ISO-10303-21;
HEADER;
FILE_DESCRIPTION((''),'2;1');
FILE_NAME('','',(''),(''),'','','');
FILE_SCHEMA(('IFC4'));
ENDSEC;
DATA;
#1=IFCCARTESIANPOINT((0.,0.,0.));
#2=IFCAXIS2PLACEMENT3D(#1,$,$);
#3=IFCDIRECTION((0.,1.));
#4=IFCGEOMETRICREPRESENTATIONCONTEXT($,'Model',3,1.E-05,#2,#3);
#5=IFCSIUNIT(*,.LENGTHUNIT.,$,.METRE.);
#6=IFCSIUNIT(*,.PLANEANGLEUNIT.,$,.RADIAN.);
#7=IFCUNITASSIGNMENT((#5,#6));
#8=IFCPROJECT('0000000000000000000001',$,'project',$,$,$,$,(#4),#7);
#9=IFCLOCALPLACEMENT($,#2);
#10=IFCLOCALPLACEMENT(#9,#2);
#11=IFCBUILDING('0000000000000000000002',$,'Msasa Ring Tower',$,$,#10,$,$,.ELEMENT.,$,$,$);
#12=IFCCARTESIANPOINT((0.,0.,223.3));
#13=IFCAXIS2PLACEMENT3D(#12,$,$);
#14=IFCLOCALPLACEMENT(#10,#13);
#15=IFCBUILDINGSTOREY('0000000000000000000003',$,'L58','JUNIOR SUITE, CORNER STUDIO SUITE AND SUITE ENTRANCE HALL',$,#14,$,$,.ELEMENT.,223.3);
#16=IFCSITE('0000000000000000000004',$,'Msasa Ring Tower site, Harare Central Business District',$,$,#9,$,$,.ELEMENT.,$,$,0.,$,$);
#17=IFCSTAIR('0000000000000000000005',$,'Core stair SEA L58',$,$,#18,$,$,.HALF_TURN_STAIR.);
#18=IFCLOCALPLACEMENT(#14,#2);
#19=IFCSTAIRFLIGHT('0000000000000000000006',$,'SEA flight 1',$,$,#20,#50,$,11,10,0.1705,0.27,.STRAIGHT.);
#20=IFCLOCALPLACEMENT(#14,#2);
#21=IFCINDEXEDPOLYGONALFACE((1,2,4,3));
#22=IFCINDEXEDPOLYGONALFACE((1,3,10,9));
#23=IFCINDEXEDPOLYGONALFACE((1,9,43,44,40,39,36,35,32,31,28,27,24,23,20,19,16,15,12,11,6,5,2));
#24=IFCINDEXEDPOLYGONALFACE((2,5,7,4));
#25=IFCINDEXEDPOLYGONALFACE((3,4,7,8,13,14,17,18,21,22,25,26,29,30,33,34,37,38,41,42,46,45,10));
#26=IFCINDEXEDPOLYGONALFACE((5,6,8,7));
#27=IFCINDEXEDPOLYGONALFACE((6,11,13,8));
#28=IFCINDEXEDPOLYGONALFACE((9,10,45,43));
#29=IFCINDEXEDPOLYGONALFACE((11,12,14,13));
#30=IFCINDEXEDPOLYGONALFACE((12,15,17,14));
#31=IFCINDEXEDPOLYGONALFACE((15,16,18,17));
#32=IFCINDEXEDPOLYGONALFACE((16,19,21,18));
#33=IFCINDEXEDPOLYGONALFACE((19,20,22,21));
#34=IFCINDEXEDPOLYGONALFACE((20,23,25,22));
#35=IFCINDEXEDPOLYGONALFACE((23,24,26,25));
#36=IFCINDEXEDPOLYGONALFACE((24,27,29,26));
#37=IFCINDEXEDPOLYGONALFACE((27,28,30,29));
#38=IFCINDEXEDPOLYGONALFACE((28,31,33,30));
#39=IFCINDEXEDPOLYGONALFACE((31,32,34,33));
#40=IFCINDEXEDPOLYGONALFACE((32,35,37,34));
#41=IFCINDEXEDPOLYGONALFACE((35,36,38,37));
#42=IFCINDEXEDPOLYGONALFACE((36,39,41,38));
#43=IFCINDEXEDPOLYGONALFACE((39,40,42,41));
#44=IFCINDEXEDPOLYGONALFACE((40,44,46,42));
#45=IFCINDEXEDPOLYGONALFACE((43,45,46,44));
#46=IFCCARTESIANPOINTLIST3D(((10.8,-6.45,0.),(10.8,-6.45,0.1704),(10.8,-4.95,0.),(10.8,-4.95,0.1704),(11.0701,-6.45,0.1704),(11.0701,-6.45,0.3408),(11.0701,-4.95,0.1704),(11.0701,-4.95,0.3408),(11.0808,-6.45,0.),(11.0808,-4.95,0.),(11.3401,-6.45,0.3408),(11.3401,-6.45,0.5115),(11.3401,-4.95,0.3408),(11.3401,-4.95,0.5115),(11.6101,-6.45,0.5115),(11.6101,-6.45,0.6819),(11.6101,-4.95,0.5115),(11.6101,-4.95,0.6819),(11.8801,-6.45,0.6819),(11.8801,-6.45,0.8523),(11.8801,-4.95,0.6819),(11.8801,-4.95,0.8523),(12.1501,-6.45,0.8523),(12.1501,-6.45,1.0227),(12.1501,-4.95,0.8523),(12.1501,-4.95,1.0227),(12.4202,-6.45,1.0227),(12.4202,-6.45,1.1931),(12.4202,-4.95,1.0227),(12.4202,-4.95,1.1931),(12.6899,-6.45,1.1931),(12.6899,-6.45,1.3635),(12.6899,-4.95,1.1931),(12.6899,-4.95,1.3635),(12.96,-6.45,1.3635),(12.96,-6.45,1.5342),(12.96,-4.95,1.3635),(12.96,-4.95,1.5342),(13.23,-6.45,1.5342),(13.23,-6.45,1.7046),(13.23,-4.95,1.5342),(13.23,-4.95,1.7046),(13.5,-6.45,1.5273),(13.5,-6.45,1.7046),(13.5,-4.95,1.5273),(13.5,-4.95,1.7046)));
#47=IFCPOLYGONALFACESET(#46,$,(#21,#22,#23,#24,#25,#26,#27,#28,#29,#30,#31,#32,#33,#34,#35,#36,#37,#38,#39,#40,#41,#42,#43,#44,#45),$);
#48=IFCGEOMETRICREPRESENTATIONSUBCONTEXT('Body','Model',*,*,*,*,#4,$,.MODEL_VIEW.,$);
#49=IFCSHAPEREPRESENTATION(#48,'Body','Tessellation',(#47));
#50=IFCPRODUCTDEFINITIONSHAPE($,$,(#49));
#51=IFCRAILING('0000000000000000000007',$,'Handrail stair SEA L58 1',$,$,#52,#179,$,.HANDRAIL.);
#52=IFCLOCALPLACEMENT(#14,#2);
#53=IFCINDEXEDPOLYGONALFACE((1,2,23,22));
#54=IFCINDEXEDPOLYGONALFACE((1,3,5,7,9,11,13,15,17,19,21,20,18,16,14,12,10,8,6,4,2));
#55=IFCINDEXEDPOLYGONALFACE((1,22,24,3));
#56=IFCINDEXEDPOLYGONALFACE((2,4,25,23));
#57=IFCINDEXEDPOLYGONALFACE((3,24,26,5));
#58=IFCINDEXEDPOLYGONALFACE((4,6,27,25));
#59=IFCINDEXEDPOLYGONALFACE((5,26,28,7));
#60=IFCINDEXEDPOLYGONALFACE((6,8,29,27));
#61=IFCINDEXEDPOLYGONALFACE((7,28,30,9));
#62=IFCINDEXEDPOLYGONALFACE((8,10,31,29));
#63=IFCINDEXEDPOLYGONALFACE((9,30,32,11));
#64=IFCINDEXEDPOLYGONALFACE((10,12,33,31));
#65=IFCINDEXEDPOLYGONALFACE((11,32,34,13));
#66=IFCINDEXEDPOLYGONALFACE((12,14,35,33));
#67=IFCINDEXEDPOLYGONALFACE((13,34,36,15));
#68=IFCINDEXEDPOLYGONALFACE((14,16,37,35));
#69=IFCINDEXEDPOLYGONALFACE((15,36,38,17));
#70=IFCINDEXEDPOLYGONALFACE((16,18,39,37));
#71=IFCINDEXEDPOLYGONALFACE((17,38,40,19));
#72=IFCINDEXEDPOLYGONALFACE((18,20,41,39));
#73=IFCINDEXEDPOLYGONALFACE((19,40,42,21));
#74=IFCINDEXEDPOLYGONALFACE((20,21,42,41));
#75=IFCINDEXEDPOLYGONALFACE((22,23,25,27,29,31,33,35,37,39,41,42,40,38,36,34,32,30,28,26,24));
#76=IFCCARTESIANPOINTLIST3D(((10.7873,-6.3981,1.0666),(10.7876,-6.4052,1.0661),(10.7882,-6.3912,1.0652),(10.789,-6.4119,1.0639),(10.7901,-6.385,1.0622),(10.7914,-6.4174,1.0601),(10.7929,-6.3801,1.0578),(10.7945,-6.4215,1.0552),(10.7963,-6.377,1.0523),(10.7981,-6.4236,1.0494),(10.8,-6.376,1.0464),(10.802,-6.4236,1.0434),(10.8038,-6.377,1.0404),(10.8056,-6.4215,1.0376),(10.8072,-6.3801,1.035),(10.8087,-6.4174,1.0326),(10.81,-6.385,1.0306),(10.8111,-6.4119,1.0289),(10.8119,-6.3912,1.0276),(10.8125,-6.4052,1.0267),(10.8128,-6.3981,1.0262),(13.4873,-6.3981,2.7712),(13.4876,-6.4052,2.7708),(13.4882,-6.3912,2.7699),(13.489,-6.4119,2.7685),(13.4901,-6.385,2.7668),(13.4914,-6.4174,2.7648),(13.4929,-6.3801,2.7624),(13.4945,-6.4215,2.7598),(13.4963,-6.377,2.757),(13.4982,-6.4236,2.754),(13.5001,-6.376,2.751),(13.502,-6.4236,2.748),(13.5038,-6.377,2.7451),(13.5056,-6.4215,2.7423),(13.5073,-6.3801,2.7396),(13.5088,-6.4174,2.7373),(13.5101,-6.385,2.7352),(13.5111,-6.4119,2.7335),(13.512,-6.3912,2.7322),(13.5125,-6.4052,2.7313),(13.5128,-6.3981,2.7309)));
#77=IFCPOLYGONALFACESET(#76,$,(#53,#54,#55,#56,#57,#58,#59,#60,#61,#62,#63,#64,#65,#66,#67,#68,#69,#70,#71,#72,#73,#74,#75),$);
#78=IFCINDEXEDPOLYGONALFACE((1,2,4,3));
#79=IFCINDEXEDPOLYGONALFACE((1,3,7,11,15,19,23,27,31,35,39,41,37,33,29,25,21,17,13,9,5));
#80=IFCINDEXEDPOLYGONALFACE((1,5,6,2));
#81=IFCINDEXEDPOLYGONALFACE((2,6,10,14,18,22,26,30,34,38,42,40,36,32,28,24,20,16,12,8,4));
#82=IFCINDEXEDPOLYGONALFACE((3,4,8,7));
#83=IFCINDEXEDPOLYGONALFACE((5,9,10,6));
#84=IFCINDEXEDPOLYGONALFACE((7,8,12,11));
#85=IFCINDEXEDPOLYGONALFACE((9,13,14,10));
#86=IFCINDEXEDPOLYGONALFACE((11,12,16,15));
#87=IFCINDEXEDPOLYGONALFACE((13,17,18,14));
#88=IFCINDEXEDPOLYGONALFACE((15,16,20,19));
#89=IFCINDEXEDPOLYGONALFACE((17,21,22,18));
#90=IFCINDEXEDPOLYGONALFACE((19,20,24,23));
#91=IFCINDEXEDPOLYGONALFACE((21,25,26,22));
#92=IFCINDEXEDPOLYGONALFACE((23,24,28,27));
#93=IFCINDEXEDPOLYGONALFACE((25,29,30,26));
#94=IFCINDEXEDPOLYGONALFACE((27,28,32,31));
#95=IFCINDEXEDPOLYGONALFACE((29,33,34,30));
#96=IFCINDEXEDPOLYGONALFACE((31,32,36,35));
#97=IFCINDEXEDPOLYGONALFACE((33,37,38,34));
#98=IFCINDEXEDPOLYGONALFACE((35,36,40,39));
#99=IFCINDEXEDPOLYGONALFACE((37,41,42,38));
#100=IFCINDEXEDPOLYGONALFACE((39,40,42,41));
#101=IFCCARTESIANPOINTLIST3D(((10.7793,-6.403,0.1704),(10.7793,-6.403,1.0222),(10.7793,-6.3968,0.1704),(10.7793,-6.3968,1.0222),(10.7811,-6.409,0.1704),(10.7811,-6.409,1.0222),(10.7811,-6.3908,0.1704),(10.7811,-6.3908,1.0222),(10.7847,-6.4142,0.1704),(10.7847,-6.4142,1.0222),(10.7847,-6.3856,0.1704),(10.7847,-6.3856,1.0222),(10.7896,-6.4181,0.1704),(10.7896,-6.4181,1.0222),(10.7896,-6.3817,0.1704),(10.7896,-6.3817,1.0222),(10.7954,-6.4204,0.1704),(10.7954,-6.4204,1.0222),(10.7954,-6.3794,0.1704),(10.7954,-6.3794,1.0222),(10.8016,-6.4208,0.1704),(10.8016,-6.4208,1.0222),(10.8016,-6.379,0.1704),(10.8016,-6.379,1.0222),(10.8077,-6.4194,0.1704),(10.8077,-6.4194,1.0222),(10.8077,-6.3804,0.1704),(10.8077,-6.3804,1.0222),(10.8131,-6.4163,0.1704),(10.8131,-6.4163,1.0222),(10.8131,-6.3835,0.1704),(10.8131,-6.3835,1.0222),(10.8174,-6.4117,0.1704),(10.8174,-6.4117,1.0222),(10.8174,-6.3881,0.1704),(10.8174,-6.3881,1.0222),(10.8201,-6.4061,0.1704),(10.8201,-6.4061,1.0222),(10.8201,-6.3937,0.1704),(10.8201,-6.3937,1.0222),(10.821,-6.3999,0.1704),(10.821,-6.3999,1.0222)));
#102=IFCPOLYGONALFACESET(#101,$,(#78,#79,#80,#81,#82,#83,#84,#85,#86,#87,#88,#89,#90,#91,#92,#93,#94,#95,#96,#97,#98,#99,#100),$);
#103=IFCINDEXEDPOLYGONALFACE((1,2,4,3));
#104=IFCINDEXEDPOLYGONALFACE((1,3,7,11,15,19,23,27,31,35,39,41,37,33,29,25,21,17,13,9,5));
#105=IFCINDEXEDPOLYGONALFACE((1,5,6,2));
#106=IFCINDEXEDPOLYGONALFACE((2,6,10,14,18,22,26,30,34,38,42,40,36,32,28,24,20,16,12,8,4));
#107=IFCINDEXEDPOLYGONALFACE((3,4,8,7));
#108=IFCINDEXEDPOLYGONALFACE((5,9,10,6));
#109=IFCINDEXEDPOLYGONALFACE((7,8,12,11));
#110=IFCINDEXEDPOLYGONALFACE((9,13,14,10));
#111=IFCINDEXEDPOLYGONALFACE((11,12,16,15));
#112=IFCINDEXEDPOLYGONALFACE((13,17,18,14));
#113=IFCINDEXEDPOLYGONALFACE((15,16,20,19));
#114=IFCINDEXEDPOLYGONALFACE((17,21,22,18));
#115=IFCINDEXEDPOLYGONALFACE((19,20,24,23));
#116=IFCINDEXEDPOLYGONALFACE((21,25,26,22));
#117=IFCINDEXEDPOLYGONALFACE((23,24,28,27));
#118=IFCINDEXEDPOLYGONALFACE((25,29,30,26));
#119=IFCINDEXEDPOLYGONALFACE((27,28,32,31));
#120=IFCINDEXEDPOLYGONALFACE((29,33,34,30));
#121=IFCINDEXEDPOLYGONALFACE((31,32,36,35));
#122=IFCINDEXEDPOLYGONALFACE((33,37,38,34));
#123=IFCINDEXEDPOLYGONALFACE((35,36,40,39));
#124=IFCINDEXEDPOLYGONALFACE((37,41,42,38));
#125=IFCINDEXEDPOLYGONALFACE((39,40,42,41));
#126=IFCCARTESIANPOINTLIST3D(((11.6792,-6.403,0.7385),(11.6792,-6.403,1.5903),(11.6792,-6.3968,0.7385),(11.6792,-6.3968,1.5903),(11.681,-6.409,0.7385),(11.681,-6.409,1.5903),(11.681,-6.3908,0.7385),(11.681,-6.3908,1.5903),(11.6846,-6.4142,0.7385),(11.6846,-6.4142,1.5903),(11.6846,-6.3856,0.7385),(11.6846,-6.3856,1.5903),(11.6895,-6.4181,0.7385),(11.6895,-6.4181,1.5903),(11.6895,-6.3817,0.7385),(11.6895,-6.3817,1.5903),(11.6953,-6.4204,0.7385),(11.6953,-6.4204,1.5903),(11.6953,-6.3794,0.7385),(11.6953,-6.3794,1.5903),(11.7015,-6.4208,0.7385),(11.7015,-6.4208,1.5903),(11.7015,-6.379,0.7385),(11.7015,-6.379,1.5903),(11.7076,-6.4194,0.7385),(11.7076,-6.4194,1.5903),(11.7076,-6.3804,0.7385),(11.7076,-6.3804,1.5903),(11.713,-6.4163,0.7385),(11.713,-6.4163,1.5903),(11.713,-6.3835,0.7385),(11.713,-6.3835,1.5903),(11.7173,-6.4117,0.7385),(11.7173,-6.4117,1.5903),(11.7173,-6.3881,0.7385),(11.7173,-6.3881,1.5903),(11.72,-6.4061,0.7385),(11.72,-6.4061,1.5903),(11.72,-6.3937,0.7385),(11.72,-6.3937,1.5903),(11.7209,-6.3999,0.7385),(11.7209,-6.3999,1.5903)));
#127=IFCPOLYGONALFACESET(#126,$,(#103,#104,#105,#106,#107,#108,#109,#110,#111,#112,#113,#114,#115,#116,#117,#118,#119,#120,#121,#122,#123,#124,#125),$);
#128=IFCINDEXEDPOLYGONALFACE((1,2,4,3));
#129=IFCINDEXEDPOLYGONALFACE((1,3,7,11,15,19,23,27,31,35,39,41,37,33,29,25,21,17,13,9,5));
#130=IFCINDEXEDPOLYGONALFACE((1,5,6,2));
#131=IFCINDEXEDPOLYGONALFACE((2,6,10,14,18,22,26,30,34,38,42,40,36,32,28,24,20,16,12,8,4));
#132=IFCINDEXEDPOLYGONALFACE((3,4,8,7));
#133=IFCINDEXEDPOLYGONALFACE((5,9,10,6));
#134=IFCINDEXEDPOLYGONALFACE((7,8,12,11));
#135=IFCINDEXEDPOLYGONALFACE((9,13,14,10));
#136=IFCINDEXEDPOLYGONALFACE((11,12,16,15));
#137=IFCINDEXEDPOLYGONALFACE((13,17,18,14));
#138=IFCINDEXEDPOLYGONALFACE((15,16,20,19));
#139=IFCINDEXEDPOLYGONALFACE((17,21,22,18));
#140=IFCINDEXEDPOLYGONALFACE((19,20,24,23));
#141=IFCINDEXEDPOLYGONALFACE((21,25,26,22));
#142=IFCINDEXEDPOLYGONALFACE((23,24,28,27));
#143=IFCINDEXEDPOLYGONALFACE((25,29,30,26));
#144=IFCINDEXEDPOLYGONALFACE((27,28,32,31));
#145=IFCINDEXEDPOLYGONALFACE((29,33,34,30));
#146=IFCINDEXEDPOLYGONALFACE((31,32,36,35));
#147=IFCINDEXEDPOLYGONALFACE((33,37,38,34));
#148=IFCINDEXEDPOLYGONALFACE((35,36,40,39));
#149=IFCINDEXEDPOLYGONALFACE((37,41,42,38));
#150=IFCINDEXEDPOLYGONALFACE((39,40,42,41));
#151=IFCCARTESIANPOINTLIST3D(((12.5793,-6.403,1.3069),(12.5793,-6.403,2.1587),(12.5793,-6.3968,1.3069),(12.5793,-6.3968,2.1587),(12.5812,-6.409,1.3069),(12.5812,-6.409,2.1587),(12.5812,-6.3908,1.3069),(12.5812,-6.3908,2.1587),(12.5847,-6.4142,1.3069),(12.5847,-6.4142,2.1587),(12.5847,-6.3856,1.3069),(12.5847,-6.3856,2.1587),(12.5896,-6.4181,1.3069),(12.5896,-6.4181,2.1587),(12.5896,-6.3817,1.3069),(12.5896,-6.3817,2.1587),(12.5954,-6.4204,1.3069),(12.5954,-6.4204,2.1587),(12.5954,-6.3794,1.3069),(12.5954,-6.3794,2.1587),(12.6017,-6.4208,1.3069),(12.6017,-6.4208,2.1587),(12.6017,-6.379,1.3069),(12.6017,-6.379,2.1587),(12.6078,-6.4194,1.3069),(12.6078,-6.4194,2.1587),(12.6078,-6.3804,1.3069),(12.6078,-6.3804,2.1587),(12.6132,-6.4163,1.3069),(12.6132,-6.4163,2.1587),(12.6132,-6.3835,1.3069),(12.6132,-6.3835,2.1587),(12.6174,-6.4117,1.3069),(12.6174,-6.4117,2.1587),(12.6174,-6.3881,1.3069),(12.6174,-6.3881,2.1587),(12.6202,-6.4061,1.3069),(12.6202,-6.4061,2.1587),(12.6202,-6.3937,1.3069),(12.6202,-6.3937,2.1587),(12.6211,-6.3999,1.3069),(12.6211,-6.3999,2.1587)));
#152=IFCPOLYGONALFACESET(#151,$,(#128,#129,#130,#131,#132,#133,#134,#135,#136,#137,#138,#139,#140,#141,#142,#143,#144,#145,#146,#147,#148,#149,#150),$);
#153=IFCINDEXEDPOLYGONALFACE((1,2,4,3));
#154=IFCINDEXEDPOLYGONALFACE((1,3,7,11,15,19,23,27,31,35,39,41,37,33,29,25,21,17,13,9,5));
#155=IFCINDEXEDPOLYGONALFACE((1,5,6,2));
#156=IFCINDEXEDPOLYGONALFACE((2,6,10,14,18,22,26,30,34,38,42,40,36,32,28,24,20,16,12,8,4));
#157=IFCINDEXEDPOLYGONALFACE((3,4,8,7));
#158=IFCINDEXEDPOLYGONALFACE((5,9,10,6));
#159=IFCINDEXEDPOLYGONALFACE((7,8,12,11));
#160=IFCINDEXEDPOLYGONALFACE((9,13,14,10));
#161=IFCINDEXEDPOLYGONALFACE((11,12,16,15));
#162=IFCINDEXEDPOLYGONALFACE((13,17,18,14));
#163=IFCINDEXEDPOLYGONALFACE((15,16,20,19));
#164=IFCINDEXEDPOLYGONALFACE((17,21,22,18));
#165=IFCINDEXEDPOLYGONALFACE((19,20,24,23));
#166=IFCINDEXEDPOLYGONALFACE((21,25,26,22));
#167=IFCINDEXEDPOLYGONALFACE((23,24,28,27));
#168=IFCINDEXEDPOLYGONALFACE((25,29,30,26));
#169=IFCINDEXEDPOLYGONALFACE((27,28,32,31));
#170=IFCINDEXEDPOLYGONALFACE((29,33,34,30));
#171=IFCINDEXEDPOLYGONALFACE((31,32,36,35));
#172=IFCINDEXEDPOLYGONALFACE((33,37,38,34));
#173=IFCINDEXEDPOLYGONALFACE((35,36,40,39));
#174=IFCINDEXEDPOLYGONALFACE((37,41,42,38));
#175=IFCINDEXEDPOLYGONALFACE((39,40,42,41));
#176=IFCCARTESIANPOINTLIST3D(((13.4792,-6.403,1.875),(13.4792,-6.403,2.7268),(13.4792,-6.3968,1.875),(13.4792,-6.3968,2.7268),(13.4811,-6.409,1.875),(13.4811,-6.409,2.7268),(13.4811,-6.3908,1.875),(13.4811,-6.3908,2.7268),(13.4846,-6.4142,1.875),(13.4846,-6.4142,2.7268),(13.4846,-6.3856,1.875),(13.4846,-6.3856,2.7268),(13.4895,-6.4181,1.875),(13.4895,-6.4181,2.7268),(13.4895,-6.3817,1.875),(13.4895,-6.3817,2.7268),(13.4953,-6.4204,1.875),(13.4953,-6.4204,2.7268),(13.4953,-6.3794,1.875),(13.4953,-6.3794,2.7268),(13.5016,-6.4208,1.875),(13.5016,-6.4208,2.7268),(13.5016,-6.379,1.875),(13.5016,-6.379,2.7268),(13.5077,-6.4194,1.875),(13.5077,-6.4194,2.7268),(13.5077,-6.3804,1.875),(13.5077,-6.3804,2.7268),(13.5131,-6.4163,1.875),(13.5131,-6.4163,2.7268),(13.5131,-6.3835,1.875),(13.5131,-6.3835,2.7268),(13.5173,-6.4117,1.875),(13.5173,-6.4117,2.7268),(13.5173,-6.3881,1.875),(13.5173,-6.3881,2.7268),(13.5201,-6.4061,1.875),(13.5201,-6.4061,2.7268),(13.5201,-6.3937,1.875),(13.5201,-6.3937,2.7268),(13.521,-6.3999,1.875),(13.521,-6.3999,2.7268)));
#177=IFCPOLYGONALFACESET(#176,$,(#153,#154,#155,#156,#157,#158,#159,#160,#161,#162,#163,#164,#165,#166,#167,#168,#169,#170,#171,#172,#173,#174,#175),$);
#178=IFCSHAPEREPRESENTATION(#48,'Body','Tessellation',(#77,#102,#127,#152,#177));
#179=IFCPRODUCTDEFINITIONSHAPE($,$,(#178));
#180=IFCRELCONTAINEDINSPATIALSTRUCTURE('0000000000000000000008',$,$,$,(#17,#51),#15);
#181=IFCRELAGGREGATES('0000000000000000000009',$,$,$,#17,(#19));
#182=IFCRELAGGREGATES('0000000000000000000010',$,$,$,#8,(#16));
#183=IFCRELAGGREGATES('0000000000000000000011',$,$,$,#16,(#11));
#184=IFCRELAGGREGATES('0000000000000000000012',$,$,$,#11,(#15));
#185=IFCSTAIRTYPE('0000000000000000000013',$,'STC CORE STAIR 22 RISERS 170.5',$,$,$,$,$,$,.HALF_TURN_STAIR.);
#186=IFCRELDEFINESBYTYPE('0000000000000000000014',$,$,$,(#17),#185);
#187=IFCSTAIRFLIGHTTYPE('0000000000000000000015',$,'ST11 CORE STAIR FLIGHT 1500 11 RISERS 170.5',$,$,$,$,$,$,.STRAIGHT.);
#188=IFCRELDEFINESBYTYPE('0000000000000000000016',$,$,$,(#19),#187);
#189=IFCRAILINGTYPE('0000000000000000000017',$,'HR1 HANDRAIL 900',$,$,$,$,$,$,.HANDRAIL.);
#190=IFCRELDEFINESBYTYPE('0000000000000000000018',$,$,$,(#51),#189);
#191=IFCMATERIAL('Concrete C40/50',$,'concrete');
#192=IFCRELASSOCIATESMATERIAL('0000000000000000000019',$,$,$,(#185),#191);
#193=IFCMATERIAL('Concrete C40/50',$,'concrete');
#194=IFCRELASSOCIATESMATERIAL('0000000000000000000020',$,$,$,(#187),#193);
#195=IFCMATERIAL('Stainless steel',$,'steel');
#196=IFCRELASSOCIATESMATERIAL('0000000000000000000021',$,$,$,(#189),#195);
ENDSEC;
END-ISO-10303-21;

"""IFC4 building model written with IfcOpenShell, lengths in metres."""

from ifc_helpers import new_model, si_unit, direction, frame, origin, origin_2d, place, context, subcontext, project, spatial, polyline, circle, outline, extrude, material, type_object, element, aggregate, save


model = new_model("IFC4")

# Units and contexts
model_context = context("Model", 3, precision=1e-05, world=origin(), true_north=direction((0.0, 1.0)))
body_context = subcontext(model_context, "Body", "Model", "MODEL_VIEW")
ifc_project = project(units=[si_unit("LENGTHUNIT", "METRE"), si_unit("PLANEANGLEUNIT", "RADIAN")], contexts=[model_context])

# Site, building, storey
site_placement = place(None, origin())
site = spatial("IfcSite", under=ifc_project, at=site_placement, Name="Msasa Ring Tower site, Harare Central Business District", CompositionType="ELEMENT", RefElevation=0.0)
building_placement = place(site_placement, origin())
building = spatial("IfcBuilding", under=site, at=building_placement, Name="Msasa Ring Tower", CompositionType="ELEMENT")
storey_placement = place(building_placement, frame((0.0, 0.0, 223.3)))
storey = spatial("IfcBuildingStorey", under=building, at=storey_placement, Name="L58", Description="JUNIOR SUITE, CORNER STUDIO SUITE AND SUITE ENTRANCE HALL", CompositionType="ELEMENT", Elevation=223.3)

# Stair
ifc_material_1 = material(Name="Concrete C40/50", Category="concrete")
stair_type = type_object("IfcStairType", Name="STC CORE STAIR 22 RISERS 170.5", PredefinedType="HALF_TURN_STAIR", material=ifc_material_1)
stair_1_placement = place(storey_placement, origin())
stair_1 = element("IfcStair", 1, at=stair_1_placement, inside=storey, type_object=stair_type, Name="Core stair SEA L58", PredefinedType="HALF_TURN_STAIR")

# Stair flight
ifc_material_2 = material(Name="Concrete C40/50", Category="concrete")
stair_flight_type = type_object("IfcStairFlightType", Name="ST11 CORE STAIR FLIGHT 1500 11 RISERS 170.5", PredefinedType="STRAIGHT", material=ifc_material_2)
stair_flight_placement = place(storey_placement, frame((10.8, -5.7, 0.0), z_axis=(0.0, 0.0, 1.0), x_axis=(1.0, 0.0, 0.0)))
stair_flight = element("IfcStairFlight", 2, at=stair_flight_placement, type_object=stair_flight_type, Name="SEA flight 1", NumberOfRisers=11, NumberOfTreads=10, PredefinedType="STRAIGHT", RiserHeight=0.1705, TreadLength=0.27, context=body_context, shape_type="SweptSolid", body=[
    extrude(outline(polyline([(0.0, 0.0), (0.0, 0.1704), (0.27, 0.1704), (0.27, 0.3408), (0.54, 0.3408), (0.54, 0.5115), (0.8101, 0.5115), (0.8101, 0.6819), (1.0801, 0.6819), (1.0801, 0.8523), (1.3501, 0.8523), (1.3501, 1.0227), (1.6201, 1.0227), (1.6201, 1.1931), (1.8899, 1.1931), (1.8899, 1.3635), (2.1599, 1.3635), (2.1599, 1.5342), (2.4299, 1.5342), (2.4299, 1.7046), (2.7, 1.7046), (2.7, 1.875), (2.7, 1.5273), (0.2808, 0.0), (0.0, 0.0)])), frame((0.0, 0.75, 0.0), z_axis=(0.0, -1.0, 0.0), x_axis=(1.0, 0.0, 0.0)), (0.0, 0.0, 1.0), 1.5),
])
aggregate(stair_1, [stair_flight])

# Railing
ifc_material_3 = material(Name="Stainless steel", Category="steel")
railing_type = type_object("IfcRailingType", Name="HR1 HANDRAIL 900", PredefinedType="HANDRAIL", material=ifc_material_3)
railing_placement = place(storey_placement, frame((10.8, -6.3999, 0.1704)))
element("IfcRailing", 3, at=railing_placement, inside=storey, type_object=railing_type, Name="Handrail stair SEA L58 1", PredefinedType="HANDRAIL", context=body_context, shape_type="SweptSolid", body=[
    extrude(circle(Radius=0.0239, at=origin_2d()), frame((0.0, 0.0, 0.876), z_axis=(0.84558, 0.0, 0.533849), x_axis=(0.0, 1.0, 0.0)), (0.0, 0.0, 1.0), 3.1931),
    extrude(circle(Radius=0.021, at=origin_2d()), origin(), (0.0, 0.0, 1.0), 0.8518),
    extrude(circle(Radius=0.021, at=origin_2d()), frame((0.8999, 0.0, 0.5681)), (0.0, 0.0, 1.0), 0.8518),
    extrude(circle(Radius=0.021, at=origin_2d()), frame((1.8, 0.0, 1.1365)), (0.0, 0.0, 1.0), 0.8518),
    extrude(circle(Radius=0.021, at=origin_2d()), frame((2.7, 0.0, 1.7046)), (0.0, 0.0, 1.0), 0.8518),
])

save(model, "model.ifc")
